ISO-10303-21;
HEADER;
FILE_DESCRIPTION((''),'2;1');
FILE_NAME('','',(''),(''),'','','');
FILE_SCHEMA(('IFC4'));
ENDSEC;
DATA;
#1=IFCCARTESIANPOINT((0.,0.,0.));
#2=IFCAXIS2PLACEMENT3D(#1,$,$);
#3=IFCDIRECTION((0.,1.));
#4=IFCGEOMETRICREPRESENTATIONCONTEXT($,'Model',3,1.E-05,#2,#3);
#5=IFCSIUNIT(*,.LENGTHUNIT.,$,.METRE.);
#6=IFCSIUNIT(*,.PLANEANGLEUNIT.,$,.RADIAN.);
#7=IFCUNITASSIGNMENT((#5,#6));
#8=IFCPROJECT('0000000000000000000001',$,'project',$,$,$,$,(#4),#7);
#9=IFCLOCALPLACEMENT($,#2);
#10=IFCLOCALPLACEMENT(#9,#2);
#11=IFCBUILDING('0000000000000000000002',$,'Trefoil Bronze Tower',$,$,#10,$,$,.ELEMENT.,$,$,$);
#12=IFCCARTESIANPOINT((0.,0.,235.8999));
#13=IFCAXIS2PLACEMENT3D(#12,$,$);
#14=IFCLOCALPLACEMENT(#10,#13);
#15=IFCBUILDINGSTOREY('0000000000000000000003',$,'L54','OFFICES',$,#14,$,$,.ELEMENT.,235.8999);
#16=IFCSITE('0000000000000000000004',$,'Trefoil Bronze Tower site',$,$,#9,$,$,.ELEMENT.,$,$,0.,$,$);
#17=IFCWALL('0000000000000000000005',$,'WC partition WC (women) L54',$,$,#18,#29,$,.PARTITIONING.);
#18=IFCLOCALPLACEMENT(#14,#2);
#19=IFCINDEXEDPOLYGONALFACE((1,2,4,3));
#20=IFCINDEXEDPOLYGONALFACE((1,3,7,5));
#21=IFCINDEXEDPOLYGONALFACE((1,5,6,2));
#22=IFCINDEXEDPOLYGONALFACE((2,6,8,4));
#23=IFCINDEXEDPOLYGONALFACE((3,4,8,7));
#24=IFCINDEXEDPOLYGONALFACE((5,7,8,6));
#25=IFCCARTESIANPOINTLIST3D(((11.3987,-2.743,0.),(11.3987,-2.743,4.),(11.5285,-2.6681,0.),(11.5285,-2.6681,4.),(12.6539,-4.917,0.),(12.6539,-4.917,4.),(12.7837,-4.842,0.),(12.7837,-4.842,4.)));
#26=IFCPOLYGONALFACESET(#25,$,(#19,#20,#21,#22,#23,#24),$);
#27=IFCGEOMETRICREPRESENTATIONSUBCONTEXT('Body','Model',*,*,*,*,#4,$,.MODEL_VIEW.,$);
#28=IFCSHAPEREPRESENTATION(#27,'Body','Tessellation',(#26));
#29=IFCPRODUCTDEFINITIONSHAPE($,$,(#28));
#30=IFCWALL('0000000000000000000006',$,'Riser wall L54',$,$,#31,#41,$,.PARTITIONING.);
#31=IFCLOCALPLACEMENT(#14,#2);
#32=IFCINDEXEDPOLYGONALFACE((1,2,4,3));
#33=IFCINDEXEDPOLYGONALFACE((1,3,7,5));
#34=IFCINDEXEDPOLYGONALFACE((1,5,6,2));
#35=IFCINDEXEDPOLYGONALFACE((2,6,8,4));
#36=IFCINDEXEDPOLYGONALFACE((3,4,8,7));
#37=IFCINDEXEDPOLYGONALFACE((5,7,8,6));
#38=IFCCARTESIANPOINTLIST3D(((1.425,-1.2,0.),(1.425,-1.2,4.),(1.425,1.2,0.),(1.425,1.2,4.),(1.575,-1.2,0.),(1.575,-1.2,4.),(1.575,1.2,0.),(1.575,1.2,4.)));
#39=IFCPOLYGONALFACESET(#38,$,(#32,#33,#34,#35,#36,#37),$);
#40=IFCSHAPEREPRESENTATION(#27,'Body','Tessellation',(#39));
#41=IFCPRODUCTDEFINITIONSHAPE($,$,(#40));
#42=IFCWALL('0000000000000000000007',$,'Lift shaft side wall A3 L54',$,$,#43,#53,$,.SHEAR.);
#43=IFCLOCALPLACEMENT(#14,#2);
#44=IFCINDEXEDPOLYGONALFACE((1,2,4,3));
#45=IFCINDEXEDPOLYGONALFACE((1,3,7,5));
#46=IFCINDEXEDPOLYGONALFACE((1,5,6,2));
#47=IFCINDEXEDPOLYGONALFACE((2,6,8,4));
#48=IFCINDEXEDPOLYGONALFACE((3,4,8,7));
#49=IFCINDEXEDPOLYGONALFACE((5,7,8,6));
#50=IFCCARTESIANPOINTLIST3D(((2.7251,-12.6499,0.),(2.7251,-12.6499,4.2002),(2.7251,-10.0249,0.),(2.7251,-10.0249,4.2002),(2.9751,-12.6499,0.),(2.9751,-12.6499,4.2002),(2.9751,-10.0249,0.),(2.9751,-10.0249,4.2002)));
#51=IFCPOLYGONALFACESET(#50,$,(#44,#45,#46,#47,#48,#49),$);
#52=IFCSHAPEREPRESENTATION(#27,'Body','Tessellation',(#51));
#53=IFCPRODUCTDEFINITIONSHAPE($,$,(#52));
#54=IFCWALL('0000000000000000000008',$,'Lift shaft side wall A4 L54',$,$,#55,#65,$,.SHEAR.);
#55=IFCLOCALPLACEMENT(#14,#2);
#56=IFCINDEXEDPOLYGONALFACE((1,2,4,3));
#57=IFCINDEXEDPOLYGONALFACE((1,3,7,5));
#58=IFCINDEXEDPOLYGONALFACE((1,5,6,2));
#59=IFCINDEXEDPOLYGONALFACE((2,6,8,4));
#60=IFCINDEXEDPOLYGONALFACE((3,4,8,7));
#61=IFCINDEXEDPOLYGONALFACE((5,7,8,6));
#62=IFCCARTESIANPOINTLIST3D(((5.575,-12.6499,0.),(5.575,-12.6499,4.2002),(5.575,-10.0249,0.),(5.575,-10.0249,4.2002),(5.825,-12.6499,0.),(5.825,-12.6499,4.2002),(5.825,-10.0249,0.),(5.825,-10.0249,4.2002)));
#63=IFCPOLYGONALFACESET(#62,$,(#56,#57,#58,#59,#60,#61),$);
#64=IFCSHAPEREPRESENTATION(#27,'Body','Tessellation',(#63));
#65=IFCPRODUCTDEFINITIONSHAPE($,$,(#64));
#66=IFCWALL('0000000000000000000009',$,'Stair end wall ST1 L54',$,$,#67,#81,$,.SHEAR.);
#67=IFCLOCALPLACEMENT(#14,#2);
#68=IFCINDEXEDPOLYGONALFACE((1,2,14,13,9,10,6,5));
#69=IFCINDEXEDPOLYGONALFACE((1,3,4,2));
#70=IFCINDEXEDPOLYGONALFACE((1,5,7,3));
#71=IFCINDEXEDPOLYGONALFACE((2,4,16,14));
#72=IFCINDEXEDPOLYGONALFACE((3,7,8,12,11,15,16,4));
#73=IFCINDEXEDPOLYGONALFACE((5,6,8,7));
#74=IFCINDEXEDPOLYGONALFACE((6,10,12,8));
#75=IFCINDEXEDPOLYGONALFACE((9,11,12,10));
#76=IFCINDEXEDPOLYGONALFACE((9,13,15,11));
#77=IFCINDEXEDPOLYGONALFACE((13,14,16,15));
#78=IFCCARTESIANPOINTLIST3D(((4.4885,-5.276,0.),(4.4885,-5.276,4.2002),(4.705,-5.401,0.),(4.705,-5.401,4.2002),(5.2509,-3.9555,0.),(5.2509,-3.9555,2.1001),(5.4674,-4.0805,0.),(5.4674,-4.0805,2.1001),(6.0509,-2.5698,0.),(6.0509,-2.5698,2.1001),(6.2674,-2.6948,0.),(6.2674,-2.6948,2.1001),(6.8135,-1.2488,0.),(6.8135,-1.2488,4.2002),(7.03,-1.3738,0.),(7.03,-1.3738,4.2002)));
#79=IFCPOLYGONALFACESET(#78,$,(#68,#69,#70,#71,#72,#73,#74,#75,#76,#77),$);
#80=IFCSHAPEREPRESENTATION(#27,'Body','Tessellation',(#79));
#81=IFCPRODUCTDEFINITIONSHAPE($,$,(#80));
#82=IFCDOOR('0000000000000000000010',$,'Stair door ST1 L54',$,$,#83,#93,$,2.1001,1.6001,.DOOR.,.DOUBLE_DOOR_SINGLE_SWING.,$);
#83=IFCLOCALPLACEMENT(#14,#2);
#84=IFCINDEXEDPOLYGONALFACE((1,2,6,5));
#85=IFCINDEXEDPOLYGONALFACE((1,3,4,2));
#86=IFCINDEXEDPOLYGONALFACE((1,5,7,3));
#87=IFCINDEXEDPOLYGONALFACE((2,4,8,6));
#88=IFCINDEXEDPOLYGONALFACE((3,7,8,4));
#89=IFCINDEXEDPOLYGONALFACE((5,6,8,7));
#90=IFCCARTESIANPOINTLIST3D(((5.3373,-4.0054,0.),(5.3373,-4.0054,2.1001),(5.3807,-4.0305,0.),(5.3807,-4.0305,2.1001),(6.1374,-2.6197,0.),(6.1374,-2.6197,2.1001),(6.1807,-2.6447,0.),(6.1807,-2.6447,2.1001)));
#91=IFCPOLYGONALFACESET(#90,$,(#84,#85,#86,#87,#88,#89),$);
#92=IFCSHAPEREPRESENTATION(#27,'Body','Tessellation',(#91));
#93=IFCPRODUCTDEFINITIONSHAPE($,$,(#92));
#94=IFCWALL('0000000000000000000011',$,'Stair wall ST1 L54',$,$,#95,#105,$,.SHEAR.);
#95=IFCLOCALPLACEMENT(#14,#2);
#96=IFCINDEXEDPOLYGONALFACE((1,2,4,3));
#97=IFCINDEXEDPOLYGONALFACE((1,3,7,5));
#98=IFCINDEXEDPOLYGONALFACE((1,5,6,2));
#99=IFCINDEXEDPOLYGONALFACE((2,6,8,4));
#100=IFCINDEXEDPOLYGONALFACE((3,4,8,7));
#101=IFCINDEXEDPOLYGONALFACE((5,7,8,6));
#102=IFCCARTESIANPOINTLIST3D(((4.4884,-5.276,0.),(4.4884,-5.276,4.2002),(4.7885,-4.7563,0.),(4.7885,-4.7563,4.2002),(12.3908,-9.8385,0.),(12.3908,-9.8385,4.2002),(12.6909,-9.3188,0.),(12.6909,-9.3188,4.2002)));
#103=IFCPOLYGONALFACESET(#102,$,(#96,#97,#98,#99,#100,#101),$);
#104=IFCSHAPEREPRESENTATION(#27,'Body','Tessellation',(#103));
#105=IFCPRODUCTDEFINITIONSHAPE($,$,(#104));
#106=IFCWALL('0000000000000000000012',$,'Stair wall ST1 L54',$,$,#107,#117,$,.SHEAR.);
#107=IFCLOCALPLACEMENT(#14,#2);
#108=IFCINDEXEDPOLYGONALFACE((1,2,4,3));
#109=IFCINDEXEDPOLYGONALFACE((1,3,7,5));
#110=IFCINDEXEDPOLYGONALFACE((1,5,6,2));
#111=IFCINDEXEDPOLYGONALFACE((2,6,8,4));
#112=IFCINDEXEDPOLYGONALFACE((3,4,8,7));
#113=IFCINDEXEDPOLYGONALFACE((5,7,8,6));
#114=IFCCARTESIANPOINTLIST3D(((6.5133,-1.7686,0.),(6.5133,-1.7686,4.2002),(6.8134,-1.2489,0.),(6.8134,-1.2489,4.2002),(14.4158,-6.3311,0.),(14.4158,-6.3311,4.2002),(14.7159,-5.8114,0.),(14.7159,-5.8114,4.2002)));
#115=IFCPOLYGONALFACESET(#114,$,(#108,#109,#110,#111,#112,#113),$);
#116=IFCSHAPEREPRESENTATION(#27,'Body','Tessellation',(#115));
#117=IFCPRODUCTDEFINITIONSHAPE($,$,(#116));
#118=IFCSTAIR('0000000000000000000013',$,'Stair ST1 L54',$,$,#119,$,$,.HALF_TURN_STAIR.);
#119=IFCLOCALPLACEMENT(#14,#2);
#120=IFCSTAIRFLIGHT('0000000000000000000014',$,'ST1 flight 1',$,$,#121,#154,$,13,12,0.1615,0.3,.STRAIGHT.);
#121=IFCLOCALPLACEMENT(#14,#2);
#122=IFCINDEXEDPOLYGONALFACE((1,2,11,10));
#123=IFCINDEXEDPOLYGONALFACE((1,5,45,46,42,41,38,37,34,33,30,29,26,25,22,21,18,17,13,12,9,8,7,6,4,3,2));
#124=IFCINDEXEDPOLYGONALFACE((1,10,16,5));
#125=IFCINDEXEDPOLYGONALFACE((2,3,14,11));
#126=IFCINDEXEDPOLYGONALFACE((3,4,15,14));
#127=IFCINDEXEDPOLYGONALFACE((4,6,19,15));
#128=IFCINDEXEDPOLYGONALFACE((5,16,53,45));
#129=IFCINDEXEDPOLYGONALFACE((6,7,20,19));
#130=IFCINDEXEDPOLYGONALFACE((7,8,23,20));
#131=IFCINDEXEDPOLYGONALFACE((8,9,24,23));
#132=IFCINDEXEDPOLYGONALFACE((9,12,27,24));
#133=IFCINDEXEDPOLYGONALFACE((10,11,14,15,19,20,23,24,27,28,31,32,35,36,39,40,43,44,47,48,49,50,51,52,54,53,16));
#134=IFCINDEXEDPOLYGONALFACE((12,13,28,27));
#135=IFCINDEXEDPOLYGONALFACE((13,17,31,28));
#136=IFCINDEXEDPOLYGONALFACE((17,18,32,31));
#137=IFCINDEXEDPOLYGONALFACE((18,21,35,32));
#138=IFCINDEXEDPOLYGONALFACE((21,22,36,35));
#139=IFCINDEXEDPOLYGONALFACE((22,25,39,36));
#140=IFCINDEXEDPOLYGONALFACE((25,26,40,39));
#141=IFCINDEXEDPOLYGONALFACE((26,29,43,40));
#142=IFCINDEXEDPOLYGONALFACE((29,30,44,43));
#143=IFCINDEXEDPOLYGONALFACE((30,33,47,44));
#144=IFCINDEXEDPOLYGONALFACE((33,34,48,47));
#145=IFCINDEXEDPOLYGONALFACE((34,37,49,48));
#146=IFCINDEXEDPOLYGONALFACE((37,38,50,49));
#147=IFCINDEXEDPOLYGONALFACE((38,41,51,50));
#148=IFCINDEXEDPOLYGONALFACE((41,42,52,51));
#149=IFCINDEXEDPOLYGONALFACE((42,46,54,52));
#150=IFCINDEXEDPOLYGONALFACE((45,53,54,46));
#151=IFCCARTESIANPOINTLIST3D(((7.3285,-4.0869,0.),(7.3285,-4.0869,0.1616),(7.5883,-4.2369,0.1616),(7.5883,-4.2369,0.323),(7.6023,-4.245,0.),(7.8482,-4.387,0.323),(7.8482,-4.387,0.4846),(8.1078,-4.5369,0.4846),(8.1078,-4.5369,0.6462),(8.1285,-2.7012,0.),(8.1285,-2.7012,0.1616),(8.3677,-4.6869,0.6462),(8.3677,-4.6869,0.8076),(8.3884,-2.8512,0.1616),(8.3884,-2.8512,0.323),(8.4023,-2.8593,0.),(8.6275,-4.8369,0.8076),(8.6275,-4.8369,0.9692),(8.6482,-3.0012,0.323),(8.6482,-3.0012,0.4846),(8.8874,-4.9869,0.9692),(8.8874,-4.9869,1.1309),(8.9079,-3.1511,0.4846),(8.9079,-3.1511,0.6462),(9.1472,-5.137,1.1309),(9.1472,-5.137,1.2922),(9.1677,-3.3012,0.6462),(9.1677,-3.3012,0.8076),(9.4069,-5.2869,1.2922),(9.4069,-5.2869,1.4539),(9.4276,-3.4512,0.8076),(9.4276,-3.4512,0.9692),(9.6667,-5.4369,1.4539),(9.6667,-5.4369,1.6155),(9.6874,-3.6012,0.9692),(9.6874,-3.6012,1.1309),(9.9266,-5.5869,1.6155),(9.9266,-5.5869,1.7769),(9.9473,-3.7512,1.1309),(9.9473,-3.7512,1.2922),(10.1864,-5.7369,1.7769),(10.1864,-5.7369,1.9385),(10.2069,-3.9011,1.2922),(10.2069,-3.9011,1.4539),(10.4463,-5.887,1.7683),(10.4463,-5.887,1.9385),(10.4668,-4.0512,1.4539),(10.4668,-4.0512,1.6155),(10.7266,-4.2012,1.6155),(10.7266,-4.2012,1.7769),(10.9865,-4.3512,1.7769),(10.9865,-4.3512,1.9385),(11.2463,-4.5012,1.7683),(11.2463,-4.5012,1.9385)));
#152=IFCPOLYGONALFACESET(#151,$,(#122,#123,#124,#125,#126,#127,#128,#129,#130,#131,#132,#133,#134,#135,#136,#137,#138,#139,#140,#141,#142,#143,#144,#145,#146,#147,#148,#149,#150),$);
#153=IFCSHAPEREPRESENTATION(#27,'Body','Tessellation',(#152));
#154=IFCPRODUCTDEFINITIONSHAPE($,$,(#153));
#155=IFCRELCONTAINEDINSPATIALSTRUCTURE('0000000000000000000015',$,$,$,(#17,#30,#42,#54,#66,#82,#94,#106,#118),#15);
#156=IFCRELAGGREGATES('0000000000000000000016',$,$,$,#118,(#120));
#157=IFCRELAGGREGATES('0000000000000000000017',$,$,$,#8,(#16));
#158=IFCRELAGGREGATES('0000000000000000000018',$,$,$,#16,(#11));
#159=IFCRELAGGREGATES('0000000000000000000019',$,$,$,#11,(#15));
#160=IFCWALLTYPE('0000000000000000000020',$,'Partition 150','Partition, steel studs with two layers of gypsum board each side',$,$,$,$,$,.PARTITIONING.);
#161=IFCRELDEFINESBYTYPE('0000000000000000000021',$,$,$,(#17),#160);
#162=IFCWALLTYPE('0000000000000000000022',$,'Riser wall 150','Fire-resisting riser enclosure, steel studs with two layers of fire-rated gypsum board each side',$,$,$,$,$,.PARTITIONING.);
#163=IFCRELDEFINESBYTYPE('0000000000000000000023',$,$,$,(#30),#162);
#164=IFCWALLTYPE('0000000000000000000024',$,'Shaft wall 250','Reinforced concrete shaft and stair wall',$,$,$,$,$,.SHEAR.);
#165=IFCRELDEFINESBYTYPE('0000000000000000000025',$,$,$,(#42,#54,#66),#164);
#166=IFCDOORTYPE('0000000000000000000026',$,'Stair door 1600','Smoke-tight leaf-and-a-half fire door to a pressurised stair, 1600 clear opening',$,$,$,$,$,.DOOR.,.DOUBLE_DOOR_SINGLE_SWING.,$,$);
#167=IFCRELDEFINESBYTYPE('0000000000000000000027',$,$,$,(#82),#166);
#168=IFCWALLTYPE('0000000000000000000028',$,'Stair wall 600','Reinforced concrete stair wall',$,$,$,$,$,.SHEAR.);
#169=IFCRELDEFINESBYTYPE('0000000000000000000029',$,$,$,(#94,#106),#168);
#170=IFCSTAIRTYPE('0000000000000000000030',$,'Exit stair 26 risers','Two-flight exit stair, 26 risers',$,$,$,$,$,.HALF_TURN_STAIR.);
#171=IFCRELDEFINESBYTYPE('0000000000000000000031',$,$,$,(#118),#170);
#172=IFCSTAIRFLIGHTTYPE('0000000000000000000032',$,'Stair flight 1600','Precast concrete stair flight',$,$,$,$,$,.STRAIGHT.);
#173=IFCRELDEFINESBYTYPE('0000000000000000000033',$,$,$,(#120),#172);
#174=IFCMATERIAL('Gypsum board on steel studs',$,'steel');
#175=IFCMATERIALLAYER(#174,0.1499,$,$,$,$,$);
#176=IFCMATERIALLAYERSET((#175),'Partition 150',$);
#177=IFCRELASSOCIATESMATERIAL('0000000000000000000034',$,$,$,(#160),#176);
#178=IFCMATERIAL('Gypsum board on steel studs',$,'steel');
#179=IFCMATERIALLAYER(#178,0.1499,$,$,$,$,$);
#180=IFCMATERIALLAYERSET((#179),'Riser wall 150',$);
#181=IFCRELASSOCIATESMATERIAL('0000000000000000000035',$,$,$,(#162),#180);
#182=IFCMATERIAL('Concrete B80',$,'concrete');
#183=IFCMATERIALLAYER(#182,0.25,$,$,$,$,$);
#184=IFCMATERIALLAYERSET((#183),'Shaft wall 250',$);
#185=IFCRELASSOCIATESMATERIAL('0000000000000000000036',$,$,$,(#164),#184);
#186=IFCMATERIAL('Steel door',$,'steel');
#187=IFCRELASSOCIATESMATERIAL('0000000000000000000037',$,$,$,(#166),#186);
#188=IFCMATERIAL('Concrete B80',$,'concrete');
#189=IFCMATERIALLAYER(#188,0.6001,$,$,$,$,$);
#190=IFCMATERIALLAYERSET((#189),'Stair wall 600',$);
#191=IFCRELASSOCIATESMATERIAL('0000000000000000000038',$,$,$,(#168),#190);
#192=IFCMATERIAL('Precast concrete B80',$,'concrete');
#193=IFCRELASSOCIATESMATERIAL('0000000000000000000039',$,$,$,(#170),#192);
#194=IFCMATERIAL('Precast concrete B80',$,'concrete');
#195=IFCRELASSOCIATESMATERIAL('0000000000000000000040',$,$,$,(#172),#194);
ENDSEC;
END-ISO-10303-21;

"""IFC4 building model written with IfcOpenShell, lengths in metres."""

from ifc_helpers import new_model, si_unit, direction, frame, frame_2d, origin, place, context, subcontext, project, spatial, polyline, rectangle, outline, extrude, material, layer, layer_set, type_object, element, fill, aggregate, save


model = new_model("IFC4")

# Units and contexts
model_context = context("Model", 3, precision=1e-05, world=origin(), true_north=direction((0.0, 1.0)))
body_context = subcontext(model_context, "Body", "Model", "MODEL_VIEW")
ifc_project = project(units=[si_unit("LENGTHUNIT", "METRE"), si_unit("PLANEANGLEUNIT", "RADIAN")], contexts=[model_context])

# Site, building, storey
site_placement = place(None, origin())
site = spatial("IfcSite", under=ifc_project, at=site_placement, Name="Trefoil Bronze Tower site", CompositionType="ELEMENT", RefElevation=0.0)
building_placement = place(site_placement, origin())
building = spatial("IfcBuilding", under=site, at=building_placement, Name="Trefoil Bronze Tower", CompositionType="ELEMENT")
storey_placement = place(building_placement, frame((0.0, 0.0, 235.8999)))
storey = spatial("IfcBuildingStorey", under=building, at=storey_placement, Name="L54", Description="OFFICES", CompositionType="ELEMENT", Elevation=235.8999)

# Shared definitions
ifc_material_1 = material(Name="Gypsum board on steel studs", Category="steel")
ifc_layer_1 = layer(ifc_material_1, 0.1499)
ifc_layer_set_1 = layer_set([ifc_layer_1], Name="Partition 150")
wall_type_1 = type_object("IfcWallType", Name="Partition 150", Description="Partition, steel studs with two layers of gypsum board each side", PredefinedType="PARTITIONING", material=ifc_layer_set_1)

# Walls
wall_1_placement = place(storey_placement, frame((11.4636, -2.7056, 0.0), z_axis=(0.0, 0.0, 1.0), x_axis=(0.50002, -0.866014, 0.0)))
element("IfcWall", 1, at=wall_1_placement, inside=storey, type_object=wall_type_1, Name="WC partition WC (women) L54", PredefinedType="PARTITIONING", context=body_context, shape_type="SweptSolid", body=[
    extrude(rectangle(XDim=2.5103, YDim=0.1499, at=frame_2d((1.2551, 0.0))), origin(), (0.0, 0.0, 1.0), 4.0),
])
ifc_material_2 = material(Name="Gypsum board on steel studs", Category="steel")
ifc_layer_2 = layer(ifc_material_2, 0.1499)
ifc_layer_set_2 = layer_set([ifc_layer_2], Name="Riser wall 150")
wall_type_2 = type_object("IfcWallType", Name="Riser wall 150", Description="Fire-resisting riser enclosure, steel studs with two layers of fire-rated gypsum board each side", PredefinedType="PARTITIONING", material=ifc_layer_set_2)
wall_2_placement = place(storey_placement, frame((1.5, -1.2, 0.0), z_axis=(0.0, 0.0, 1.0), x_axis=(0.0, 1.0, 0.0)))
element("IfcWall", 2, at=wall_2_placement, inside=storey, type_object=wall_type_2, Name="Riser wall L54", PredefinedType="PARTITIONING", context=body_context, shape_type="SweptSolid", body=[
    extrude(rectangle(XDim=2.3999, YDim=0.1499, at=frame_2d((1.2, 0.0))), origin(), (0.0, 0.0, 1.0), 4.0),
])
ifc_material_3 = material(Name="Concrete B80", Category="concrete")
ifc_layer_3 = layer(ifc_material_3, 0.25)
ifc_layer_set_3 = layer_set([ifc_layer_3], Name="Shaft wall 250")
wall_type_3 = type_object("IfcWallType", Name="Shaft wall 250", Description="Reinforced concrete shaft and stair wall", PredefinedType="SHEAR", material=ifc_layer_set_3)
for number, where, z_axis, x_axis, name in (
    (3, (2.8501, -10.0249, 0.0), (0.0, 0.0, 1.0), (0.0, -1.0, 0.0), "Lift shaft side wall A3 L54"),
    (4, (5.7, -10.0249, 0.0), (0.0, 0.0, 1.0), (0.0, -1.0, 0.0), "Lift shaft side wall A4 L54"),
):
    element("IfcWall", number, at=place(storey_placement, frame(where, z_axis=z_axis, x_axis=x_axis)), inside=storey, type_object=wall_type_3, Name=name, PredefinedType="SHEAR", context=body_context, shape_type="SweptSolid", body=[
        extrude(rectangle(XDim=2.625, YDim=0.25, at=frame_2d((1.3125, 0.0))), origin(), (0.0, 0.0, 1.0), 4.2002),
    ])

# Wall, opening, door
wall_3_placement = place(storey_placement, frame((4.5967, -5.3386, 0.0), z_axis=(0.0, 0.0, 1.0), x_axis=(0.499985, 0.866034, 0.0)))
wall_3 = element("IfcWall", 5, at=wall_3_placement, inside=storey, type_object=wall_type_3, Name="Stair end wall ST1 L54", PredefinedType="SHEAR", context=body_context, shape_type="SweptSolid", body=[
    extrude(rectangle(XDim=4.6501, YDim=0.25, at=frame_2d((2.3252, 0.0))), origin(), (0.0, 0.0, 1.0), 4.2002),
])
opening_1_placement = place(wall_3_placement, frame((1.5249, 0.0, 0.0)))
opening_1 = element("IfcOpeningElement", 6, at=opening_1_placement, cuts=wall_3, PredefinedType="OPENING", context=body_context, shape_type="SweptSolid", body=[
    extrude(rectangle(XDim=1.6001, YDim=2.1001, at=frame_2d((0.8, 1.05))), frame((0.0, 0.135, 0.0), z_axis=(0.0, -1.0, 0.0), x_axis=(1.0, 0.0, 0.0)), (0.0, 0.0, 1.0), 0.27),
])
ifc_material_4 = material(Name="Steel door", Category="steel")
door_type_1 = type_object("IfcDoorType", Name="Stair door 1600", Description="Smoke-tight leaf-and-a-half fire door to a pressurised stair, 1600 clear opening", OperationType="DOUBLE_DOOR_SINGLE_SWING", PredefinedType="DOOR", material=ifc_material_4)
door_1_placement = place(opening_1_placement, frame((1.6001, 0.0, 0.0), z_axis=(0.0, 0.0, 1.0), x_axis=(-1.0, 0.0, 0.0)))
door_1 = element("IfcDoor", 7, at=door_1_placement, inside=storey, type_object=door_type_1, Name="Stair door ST1 L54", OperationType="DOUBLE_DOOR_SINGLE_SWING", OverallHeight=2.1001, OverallWidth=1.6001, PredefinedType="DOOR", context=body_context, shape_type="SweptSolid", body=[
    extrude(rectangle(XDim=1.6001, YDim=2.1001, at=frame_2d((0.8, 1.05))), frame((0.0, 0.0249, 0.0), z_axis=(0.0, -1.0, 0.0), x_axis=(1.0, 0.0, 0.0)), (0.0, 0.0, 1.0), 0.05),
])
fill(opening_1, door_1)

# Walls
ifc_material_5 = material(Name="Concrete B80", Category="concrete")
ifc_layer_4 = layer(ifc_material_5, 0.6001)
ifc_layer_set_4 = layer_set([ifc_layer_4], Name="Stair wall 600")
wall_type_4 = type_object("IfcWallType", Name="Stair wall 600", Description="Reinforced concrete stair wall", PredefinedType="SHEAR", material=ifc_layer_set_4)
for number, where, z_axis, x_axis, name in (
    (8, (4.6384, -5.0161, 0.0), (0.0, 0.0, 1.0), (0.866022, -0.500007, 0.0), "Stair wall ST1 L54"),
    (9, (6.6633, -1.5088, 0.0), (0.0, 0.0, 1.0), (0.866028, -0.499995, 0.0), "Stair wall ST1 L54"),
):
    element("IfcWall", number, at=place(storey_placement, frame(where, z_axis=z_axis, x_axis=x_axis)), inside=storey, type_object=wall_type_4, Name=name, PredefinedType="SHEAR", context=body_context, shape_type="SweptSolid", body=[
        extrude(rectangle(XDim=9.125, YDim=0.6001, at=frame_2d((4.5625, 0.0))), origin(), (0.0, 0.0, 1.0), 4.2002),
    ])

# Stair, stair flight
ifc_material_6 = material(Name="Precast concrete B80", Category="concrete")
stair_type = type_object("IfcStairType", Name="Exit stair 26 risers", Description="Two-flight exit stair, 26 risers", PredefinedType="HALF_TURN_STAIR", material=ifc_material_6)
stair_placement = place(storey_placement, origin())
stair = element("IfcStair", 10, at=stair_placement, inside=storey, type_object=stair_type, Name="Stair ST1 L54", PredefinedType="HALF_TURN_STAIR")
ifc_material_7 = material(Name="Precast concrete B80", Category="concrete")
stair_flight_type = type_object("IfcStairFlightType", Name="Stair flight 1600", Description="Precast concrete stair flight", PredefinedType="STRAIGHT", material=ifc_material_7)
stair_flight_1_placement = place(storey_placement, frame((7.7285, -3.394, 0.0), z_axis=(0.0, 0.0, 1.0), x_axis=(0.866025, -0.5, 0.0)))
stair_flight_1 = element("IfcStairFlight", 11, at=stair_flight_1_placement, type_object=stair_flight_type, Name="ST1 flight 1", NumberOfRisers=13, NumberOfTreads=12, PredefinedType="STRAIGHT", RiserHeight=0.1615, TreadLength=0.3, context=body_context, shape_type="SweptSolid", body=[
    extrude(outline(polyline([(0.0, 0.0), (0.0, 0.1616), (0.3, 0.1616), (0.3, 0.323), (0.6001, 0.323), (0.6001, 0.4846), (0.8999, 0.4846), (0.8999, 0.6462), (1.2, 0.6462), (1.2, 0.8076), (1.5, 0.8076), (1.5, 0.9692), (1.8, 0.9692), (1.8, 1.1309), (2.1001, 1.1309), (2.1001, 1.2922), (2.3999, 1.2922), (2.3999, 1.4539), (2.7, 1.4539), (2.7, 1.6155), (3.0, 1.6155), (3.0, 1.7769), (3.3, 1.7769), (3.3, 1.9385), (3.6001, 1.9385), (3.6001, 2.1001), (3.6001, 1.7683), (0.3162, 0.0), (0.0, 0.0)])), frame((0.0, 0.8, 0.0), z_axis=(0.0, -1.0, 0.0), x_axis=(1.0, 0.0, 0.0)), (0.0, 0.0, 1.0), 1.6001),
])
aggregate(stair, [stair_flight_1])

save(model, "model.ifc")
